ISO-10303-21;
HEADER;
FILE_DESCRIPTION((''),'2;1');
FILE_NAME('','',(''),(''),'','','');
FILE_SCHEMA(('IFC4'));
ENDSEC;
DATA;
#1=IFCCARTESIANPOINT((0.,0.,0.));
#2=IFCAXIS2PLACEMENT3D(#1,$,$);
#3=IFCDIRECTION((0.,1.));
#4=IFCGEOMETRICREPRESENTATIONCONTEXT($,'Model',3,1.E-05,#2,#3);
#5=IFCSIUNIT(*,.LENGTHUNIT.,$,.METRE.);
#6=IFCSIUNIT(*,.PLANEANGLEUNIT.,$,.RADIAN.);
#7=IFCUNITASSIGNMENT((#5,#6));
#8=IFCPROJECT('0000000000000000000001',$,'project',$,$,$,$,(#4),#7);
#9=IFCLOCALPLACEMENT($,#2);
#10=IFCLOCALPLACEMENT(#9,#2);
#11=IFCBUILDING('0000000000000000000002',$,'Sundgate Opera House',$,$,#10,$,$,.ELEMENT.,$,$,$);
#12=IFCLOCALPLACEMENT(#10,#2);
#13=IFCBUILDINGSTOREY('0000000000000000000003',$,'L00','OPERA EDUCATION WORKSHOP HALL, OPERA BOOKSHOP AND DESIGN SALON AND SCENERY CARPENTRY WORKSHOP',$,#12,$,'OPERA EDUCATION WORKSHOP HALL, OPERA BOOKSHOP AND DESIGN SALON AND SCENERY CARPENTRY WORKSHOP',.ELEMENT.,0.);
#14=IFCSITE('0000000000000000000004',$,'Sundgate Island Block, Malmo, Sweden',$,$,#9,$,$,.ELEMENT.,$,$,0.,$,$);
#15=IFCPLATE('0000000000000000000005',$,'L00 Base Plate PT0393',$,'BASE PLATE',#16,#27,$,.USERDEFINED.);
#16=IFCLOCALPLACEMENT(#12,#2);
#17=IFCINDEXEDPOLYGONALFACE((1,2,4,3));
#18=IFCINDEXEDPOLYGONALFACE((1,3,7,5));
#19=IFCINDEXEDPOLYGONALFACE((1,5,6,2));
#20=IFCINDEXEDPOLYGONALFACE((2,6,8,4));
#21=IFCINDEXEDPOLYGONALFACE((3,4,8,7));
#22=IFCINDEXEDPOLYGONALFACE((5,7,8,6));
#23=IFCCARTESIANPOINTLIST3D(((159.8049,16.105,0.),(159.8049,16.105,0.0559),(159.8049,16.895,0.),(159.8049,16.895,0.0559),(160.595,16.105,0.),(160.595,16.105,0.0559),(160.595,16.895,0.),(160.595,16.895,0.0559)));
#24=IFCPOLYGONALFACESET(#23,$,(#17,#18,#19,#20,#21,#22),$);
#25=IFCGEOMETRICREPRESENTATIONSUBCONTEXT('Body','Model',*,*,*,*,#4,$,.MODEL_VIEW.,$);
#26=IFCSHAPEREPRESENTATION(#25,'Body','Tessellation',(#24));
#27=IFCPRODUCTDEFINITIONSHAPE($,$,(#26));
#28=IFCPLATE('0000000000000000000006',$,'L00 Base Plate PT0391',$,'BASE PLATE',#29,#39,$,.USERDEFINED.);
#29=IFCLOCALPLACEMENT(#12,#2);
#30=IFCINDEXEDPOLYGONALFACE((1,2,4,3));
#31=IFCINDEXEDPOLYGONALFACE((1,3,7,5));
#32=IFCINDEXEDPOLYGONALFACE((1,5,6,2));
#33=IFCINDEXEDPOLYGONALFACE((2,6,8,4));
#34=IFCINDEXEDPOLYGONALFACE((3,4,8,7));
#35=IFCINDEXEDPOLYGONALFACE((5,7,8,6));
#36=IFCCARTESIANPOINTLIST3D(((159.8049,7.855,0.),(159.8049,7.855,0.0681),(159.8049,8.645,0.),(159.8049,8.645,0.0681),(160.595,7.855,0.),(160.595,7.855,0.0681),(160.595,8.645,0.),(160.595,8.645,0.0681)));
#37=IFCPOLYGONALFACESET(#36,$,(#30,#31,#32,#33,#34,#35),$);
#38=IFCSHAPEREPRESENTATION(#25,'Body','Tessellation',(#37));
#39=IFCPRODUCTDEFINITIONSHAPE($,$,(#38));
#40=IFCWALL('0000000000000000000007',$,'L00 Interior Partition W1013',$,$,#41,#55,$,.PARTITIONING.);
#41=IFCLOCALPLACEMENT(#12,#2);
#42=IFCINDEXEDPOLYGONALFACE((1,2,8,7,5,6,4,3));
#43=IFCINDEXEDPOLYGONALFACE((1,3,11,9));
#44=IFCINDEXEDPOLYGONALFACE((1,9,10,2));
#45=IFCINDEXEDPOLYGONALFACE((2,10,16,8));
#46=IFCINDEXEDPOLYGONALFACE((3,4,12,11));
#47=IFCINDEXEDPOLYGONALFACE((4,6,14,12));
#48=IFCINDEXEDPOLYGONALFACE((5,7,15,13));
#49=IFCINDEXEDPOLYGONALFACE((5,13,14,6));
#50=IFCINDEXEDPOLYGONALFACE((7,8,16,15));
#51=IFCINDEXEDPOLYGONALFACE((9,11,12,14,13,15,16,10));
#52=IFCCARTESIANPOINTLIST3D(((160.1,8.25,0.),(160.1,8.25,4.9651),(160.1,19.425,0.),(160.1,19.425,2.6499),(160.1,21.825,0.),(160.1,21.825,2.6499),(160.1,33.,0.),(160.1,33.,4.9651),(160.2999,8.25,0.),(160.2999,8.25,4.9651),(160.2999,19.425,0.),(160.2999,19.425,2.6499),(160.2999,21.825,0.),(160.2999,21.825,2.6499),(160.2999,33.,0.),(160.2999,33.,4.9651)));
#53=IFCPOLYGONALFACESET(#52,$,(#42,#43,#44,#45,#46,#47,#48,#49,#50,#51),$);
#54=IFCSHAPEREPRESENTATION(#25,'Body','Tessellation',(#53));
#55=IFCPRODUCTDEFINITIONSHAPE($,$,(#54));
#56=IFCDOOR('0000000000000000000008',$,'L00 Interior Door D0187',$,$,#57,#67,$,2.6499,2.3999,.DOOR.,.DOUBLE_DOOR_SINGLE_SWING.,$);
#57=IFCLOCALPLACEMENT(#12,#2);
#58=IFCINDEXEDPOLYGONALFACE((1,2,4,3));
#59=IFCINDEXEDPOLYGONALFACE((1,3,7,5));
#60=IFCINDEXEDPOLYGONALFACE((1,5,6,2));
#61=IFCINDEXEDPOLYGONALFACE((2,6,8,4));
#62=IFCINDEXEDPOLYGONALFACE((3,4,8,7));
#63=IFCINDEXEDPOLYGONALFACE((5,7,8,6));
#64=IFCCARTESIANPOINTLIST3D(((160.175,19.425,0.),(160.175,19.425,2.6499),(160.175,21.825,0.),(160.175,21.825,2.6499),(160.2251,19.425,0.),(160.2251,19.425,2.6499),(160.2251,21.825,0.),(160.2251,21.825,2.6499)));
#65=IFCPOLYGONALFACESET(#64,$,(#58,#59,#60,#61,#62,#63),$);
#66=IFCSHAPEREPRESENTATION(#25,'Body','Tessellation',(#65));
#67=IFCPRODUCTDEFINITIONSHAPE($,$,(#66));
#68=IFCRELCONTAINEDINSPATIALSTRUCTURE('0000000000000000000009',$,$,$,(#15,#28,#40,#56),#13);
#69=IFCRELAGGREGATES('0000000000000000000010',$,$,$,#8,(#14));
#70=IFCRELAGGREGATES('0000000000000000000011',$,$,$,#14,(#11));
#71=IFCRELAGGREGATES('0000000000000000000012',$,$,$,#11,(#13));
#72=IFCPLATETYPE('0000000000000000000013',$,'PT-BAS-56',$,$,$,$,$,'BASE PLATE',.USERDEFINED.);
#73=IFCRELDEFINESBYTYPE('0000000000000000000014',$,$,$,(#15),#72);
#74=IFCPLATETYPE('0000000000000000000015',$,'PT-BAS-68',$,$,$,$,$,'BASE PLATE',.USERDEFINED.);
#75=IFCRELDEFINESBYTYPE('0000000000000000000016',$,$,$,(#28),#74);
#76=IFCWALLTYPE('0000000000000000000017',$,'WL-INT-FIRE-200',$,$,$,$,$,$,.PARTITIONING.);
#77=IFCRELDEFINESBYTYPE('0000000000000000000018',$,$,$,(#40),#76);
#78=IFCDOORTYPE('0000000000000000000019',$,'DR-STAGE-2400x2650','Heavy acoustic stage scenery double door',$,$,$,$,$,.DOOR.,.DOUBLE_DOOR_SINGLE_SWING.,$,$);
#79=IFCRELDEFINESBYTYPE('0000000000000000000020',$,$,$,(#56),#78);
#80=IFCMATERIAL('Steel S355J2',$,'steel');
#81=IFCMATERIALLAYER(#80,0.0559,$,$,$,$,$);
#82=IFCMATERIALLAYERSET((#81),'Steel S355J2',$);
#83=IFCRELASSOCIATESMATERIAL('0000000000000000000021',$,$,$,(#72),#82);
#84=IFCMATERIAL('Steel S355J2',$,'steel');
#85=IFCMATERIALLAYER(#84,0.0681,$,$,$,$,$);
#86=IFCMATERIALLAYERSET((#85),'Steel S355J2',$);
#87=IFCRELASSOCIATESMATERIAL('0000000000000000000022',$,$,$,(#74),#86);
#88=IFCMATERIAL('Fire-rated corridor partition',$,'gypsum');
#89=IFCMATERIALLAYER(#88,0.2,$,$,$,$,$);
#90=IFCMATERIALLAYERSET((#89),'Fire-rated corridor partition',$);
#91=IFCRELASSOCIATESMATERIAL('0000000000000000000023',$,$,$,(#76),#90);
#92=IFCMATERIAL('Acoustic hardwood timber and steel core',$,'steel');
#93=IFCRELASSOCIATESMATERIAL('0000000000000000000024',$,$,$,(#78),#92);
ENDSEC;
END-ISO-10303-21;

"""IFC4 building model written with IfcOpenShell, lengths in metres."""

from ifc_helpers import new_model, si_unit, direction, frame, frame_2d, origin, origin_2d, place, context, subcontext, project, spatial, rectangle, extrude, material, layer, layer_set, type_object, element, fill, save


model = new_model("IFC4")

# Units and contexts
model_context = context("Model", 3, precision=1e-05, world=origin(), true_north=direction((0.0, 1.0)))
body_context = subcontext(model_context, "Body", "Model", "MODEL_VIEW")
ifc_project = project(units=[si_unit("LENGTHUNIT", "METRE"), si_unit("PLANEANGLEUNIT", "RADIAN")], contexts=[model_context])

# Site, building, storey
site_placement = place(None, origin())
site = spatial("IfcSite", under=ifc_project, at=site_placement, Name="Sundgate Island Block, Malmo, Sweden", CompositionType="ELEMENT", RefElevation=0.0)
building_placement = place(site_placement, origin())
building = spatial("IfcBuilding", under=site, at=building_placement, Name="Sundgate Opera House", CompositionType="ELEMENT")
storey_placement = place(building_placement, origin())
storey = spatial("IfcBuildingStorey", under=building, at=storey_placement, Name="L00", Description="OPERA EDUCATION WORKSHOP HALL, OPERA BOOKSHOP AND DESIGN SALON AND SCENERY CARPENTRY WORKSHOP", LongName="OPERA EDUCATION WORKSHOP HALL, OPERA BOOKSHOP AND DESIGN SALON AND SCENERY CARPENTRY WORKSHOP", CompositionType="ELEMENT", Elevation=0.0)

# Plates
ifc_material_1 = material(Name="Steel S355J2", Category="steel")
ifc_layer_1 = layer(ifc_material_1, 0.0559)
ifc_layer_set_1 = layer_set([ifc_layer_1], Name="Steel S355J2")
plate_type_1 = type_object("IfcPlateType", Name="PT-BAS-56", ElementType="BASE PLATE", PredefinedType="USERDEFINED", material=ifc_layer_set_1)
plate_1_placement = place(storey_placement, frame((160.2, 16.5, 0.0), z_axis=(0.0, 0.0, 1.0), x_axis=(1.0, 0.0, 0.0)))
element("IfcPlate", 1, at=plate_1_placement, inside=storey, type_object=plate_type_1, Name="L00 Base Plate PT0393", ObjectType="BASE PLATE", PredefinedType="USERDEFINED", context=body_context, shape_type="SweptSolid", body=[
    extrude(rectangle(XDim=0.79, YDim=0.79, at=origin_2d()), origin(), (0.0, 0.0, 1.0), 0.0559),
])
ifc_material_2 = material(Name="Steel S355J2", Category="steel")
ifc_layer_2 = layer(ifc_material_2, 0.0681)
ifc_layer_set_2 = layer_set([ifc_layer_2], Name="Steel S355J2")
plate_type_2 = type_object("IfcPlateType", Name="PT-BAS-68", ElementType="BASE PLATE", PredefinedType="USERDEFINED", material=ifc_layer_set_2)
plate_2_placement = place(storey_placement, frame((160.2, 8.25, 0.0), z_axis=(0.0, 0.0, 1.0), x_axis=(1.0, 0.0, 0.0)))
element("IfcPlate", 2, at=plate_2_placement, inside=storey, type_object=plate_type_2, Name="L00 Base Plate PT0391", ObjectType="BASE PLATE", PredefinedType="USERDEFINED", context=body_context, shape_type="SweptSolid", body=[
    extrude(rectangle(XDim=0.79, YDim=0.79, at=origin_2d()), origin(), (0.0, 0.0, 1.0), 0.0681),
])

# Wall, opening, door
ifc_material_3 = material(Name="Fire-rated corridor partition", Category="gypsum")
ifc_layer_3 = layer(ifc_material_3, 0.2)
ifc_layer_set_3 = layer_set([ifc_layer_3], Name="Fire-rated corridor partition")
wall_type = type_object("IfcWallType", Name="WL-INT-FIRE-200", PredefinedType="PARTITIONING", material=ifc_layer_set_3)
wall_placement = place(storey_placement, frame((160.2, 8.25, 0.0), z_axis=(0.0, 0.0, 1.0), x_axis=(0.0, 1.0, 0.0)))
wall = element("IfcWall", 3, at=wall_placement, inside=storey, type_object=wall_type, Name="L00 Interior Partition W1013", PredefinedType="PARTITIONING", context=body_context, shape_type="SweptSolid", body=[
    extrude(rectangle(XDim=24.75, YDim=0.2, at=frame_2d((12.375, 0.0))), origin(), (0.0, 0.0, 1.0), 4.9651),
])
opening_placement = place(wall_placement, frame((11.175, 0.0, 0.0)))
opening = element("IfcOpeningElement", 4, at=opening_placement, cuts=wall, PredefinedType="OPENING", context=body_context, shape_type="SweptSolid", body=[
    extrude(rectangle(XDim=2.3999, YDim=2.6499, at=frame_2d((1.2, 1.325))), frame((0.0, 0.1099, 0.0), z_axis=(0.0, -1.0, 0.0), x_axis=(1.0, 0.0, 0.0)), (0.0, 0.0, 1.0), 0.22),
])
ifc_material_4 = material(Name="Acoustic hardwood timber and steel core", Category="steel")
door_type = type_object("IfcDoorType", Name="DR-STAGE-2400x2650", Description="Heavy acoustic stage scenery double door", OperationType="DOUBLE_DOOR_SINGLE_SWING", PredefinedType="DOOR", material=ifc_material_4)
door_placement = place(opening_placement, origin())
door = element("IfcDoor", 5, at=door_placement, inside=storey, type_object=door_type, Name="L00 Interior Door D0187", OperationType="DOUBLE_DOOR_SINGLE_SWING", OverallHeight=2.6499, OverallWidth=2.3999, PredefinedType="DOOR", context=body_context, shape_type="SweptSolid", body=[
    extrude(rectangle(XDim=2.3999, YDim=2.6499, at=frame_2d((1.2, 1.325))), frame((0.0, 0.0249, 0.0), z_axis=(0.0, -1.0, 0.0), x_axis=(1.0, 0.0, 0.0)), (0.0, 0.0, 1.0), 0.05),
])
fill(opening, door)

save(model, "model.ifc")
